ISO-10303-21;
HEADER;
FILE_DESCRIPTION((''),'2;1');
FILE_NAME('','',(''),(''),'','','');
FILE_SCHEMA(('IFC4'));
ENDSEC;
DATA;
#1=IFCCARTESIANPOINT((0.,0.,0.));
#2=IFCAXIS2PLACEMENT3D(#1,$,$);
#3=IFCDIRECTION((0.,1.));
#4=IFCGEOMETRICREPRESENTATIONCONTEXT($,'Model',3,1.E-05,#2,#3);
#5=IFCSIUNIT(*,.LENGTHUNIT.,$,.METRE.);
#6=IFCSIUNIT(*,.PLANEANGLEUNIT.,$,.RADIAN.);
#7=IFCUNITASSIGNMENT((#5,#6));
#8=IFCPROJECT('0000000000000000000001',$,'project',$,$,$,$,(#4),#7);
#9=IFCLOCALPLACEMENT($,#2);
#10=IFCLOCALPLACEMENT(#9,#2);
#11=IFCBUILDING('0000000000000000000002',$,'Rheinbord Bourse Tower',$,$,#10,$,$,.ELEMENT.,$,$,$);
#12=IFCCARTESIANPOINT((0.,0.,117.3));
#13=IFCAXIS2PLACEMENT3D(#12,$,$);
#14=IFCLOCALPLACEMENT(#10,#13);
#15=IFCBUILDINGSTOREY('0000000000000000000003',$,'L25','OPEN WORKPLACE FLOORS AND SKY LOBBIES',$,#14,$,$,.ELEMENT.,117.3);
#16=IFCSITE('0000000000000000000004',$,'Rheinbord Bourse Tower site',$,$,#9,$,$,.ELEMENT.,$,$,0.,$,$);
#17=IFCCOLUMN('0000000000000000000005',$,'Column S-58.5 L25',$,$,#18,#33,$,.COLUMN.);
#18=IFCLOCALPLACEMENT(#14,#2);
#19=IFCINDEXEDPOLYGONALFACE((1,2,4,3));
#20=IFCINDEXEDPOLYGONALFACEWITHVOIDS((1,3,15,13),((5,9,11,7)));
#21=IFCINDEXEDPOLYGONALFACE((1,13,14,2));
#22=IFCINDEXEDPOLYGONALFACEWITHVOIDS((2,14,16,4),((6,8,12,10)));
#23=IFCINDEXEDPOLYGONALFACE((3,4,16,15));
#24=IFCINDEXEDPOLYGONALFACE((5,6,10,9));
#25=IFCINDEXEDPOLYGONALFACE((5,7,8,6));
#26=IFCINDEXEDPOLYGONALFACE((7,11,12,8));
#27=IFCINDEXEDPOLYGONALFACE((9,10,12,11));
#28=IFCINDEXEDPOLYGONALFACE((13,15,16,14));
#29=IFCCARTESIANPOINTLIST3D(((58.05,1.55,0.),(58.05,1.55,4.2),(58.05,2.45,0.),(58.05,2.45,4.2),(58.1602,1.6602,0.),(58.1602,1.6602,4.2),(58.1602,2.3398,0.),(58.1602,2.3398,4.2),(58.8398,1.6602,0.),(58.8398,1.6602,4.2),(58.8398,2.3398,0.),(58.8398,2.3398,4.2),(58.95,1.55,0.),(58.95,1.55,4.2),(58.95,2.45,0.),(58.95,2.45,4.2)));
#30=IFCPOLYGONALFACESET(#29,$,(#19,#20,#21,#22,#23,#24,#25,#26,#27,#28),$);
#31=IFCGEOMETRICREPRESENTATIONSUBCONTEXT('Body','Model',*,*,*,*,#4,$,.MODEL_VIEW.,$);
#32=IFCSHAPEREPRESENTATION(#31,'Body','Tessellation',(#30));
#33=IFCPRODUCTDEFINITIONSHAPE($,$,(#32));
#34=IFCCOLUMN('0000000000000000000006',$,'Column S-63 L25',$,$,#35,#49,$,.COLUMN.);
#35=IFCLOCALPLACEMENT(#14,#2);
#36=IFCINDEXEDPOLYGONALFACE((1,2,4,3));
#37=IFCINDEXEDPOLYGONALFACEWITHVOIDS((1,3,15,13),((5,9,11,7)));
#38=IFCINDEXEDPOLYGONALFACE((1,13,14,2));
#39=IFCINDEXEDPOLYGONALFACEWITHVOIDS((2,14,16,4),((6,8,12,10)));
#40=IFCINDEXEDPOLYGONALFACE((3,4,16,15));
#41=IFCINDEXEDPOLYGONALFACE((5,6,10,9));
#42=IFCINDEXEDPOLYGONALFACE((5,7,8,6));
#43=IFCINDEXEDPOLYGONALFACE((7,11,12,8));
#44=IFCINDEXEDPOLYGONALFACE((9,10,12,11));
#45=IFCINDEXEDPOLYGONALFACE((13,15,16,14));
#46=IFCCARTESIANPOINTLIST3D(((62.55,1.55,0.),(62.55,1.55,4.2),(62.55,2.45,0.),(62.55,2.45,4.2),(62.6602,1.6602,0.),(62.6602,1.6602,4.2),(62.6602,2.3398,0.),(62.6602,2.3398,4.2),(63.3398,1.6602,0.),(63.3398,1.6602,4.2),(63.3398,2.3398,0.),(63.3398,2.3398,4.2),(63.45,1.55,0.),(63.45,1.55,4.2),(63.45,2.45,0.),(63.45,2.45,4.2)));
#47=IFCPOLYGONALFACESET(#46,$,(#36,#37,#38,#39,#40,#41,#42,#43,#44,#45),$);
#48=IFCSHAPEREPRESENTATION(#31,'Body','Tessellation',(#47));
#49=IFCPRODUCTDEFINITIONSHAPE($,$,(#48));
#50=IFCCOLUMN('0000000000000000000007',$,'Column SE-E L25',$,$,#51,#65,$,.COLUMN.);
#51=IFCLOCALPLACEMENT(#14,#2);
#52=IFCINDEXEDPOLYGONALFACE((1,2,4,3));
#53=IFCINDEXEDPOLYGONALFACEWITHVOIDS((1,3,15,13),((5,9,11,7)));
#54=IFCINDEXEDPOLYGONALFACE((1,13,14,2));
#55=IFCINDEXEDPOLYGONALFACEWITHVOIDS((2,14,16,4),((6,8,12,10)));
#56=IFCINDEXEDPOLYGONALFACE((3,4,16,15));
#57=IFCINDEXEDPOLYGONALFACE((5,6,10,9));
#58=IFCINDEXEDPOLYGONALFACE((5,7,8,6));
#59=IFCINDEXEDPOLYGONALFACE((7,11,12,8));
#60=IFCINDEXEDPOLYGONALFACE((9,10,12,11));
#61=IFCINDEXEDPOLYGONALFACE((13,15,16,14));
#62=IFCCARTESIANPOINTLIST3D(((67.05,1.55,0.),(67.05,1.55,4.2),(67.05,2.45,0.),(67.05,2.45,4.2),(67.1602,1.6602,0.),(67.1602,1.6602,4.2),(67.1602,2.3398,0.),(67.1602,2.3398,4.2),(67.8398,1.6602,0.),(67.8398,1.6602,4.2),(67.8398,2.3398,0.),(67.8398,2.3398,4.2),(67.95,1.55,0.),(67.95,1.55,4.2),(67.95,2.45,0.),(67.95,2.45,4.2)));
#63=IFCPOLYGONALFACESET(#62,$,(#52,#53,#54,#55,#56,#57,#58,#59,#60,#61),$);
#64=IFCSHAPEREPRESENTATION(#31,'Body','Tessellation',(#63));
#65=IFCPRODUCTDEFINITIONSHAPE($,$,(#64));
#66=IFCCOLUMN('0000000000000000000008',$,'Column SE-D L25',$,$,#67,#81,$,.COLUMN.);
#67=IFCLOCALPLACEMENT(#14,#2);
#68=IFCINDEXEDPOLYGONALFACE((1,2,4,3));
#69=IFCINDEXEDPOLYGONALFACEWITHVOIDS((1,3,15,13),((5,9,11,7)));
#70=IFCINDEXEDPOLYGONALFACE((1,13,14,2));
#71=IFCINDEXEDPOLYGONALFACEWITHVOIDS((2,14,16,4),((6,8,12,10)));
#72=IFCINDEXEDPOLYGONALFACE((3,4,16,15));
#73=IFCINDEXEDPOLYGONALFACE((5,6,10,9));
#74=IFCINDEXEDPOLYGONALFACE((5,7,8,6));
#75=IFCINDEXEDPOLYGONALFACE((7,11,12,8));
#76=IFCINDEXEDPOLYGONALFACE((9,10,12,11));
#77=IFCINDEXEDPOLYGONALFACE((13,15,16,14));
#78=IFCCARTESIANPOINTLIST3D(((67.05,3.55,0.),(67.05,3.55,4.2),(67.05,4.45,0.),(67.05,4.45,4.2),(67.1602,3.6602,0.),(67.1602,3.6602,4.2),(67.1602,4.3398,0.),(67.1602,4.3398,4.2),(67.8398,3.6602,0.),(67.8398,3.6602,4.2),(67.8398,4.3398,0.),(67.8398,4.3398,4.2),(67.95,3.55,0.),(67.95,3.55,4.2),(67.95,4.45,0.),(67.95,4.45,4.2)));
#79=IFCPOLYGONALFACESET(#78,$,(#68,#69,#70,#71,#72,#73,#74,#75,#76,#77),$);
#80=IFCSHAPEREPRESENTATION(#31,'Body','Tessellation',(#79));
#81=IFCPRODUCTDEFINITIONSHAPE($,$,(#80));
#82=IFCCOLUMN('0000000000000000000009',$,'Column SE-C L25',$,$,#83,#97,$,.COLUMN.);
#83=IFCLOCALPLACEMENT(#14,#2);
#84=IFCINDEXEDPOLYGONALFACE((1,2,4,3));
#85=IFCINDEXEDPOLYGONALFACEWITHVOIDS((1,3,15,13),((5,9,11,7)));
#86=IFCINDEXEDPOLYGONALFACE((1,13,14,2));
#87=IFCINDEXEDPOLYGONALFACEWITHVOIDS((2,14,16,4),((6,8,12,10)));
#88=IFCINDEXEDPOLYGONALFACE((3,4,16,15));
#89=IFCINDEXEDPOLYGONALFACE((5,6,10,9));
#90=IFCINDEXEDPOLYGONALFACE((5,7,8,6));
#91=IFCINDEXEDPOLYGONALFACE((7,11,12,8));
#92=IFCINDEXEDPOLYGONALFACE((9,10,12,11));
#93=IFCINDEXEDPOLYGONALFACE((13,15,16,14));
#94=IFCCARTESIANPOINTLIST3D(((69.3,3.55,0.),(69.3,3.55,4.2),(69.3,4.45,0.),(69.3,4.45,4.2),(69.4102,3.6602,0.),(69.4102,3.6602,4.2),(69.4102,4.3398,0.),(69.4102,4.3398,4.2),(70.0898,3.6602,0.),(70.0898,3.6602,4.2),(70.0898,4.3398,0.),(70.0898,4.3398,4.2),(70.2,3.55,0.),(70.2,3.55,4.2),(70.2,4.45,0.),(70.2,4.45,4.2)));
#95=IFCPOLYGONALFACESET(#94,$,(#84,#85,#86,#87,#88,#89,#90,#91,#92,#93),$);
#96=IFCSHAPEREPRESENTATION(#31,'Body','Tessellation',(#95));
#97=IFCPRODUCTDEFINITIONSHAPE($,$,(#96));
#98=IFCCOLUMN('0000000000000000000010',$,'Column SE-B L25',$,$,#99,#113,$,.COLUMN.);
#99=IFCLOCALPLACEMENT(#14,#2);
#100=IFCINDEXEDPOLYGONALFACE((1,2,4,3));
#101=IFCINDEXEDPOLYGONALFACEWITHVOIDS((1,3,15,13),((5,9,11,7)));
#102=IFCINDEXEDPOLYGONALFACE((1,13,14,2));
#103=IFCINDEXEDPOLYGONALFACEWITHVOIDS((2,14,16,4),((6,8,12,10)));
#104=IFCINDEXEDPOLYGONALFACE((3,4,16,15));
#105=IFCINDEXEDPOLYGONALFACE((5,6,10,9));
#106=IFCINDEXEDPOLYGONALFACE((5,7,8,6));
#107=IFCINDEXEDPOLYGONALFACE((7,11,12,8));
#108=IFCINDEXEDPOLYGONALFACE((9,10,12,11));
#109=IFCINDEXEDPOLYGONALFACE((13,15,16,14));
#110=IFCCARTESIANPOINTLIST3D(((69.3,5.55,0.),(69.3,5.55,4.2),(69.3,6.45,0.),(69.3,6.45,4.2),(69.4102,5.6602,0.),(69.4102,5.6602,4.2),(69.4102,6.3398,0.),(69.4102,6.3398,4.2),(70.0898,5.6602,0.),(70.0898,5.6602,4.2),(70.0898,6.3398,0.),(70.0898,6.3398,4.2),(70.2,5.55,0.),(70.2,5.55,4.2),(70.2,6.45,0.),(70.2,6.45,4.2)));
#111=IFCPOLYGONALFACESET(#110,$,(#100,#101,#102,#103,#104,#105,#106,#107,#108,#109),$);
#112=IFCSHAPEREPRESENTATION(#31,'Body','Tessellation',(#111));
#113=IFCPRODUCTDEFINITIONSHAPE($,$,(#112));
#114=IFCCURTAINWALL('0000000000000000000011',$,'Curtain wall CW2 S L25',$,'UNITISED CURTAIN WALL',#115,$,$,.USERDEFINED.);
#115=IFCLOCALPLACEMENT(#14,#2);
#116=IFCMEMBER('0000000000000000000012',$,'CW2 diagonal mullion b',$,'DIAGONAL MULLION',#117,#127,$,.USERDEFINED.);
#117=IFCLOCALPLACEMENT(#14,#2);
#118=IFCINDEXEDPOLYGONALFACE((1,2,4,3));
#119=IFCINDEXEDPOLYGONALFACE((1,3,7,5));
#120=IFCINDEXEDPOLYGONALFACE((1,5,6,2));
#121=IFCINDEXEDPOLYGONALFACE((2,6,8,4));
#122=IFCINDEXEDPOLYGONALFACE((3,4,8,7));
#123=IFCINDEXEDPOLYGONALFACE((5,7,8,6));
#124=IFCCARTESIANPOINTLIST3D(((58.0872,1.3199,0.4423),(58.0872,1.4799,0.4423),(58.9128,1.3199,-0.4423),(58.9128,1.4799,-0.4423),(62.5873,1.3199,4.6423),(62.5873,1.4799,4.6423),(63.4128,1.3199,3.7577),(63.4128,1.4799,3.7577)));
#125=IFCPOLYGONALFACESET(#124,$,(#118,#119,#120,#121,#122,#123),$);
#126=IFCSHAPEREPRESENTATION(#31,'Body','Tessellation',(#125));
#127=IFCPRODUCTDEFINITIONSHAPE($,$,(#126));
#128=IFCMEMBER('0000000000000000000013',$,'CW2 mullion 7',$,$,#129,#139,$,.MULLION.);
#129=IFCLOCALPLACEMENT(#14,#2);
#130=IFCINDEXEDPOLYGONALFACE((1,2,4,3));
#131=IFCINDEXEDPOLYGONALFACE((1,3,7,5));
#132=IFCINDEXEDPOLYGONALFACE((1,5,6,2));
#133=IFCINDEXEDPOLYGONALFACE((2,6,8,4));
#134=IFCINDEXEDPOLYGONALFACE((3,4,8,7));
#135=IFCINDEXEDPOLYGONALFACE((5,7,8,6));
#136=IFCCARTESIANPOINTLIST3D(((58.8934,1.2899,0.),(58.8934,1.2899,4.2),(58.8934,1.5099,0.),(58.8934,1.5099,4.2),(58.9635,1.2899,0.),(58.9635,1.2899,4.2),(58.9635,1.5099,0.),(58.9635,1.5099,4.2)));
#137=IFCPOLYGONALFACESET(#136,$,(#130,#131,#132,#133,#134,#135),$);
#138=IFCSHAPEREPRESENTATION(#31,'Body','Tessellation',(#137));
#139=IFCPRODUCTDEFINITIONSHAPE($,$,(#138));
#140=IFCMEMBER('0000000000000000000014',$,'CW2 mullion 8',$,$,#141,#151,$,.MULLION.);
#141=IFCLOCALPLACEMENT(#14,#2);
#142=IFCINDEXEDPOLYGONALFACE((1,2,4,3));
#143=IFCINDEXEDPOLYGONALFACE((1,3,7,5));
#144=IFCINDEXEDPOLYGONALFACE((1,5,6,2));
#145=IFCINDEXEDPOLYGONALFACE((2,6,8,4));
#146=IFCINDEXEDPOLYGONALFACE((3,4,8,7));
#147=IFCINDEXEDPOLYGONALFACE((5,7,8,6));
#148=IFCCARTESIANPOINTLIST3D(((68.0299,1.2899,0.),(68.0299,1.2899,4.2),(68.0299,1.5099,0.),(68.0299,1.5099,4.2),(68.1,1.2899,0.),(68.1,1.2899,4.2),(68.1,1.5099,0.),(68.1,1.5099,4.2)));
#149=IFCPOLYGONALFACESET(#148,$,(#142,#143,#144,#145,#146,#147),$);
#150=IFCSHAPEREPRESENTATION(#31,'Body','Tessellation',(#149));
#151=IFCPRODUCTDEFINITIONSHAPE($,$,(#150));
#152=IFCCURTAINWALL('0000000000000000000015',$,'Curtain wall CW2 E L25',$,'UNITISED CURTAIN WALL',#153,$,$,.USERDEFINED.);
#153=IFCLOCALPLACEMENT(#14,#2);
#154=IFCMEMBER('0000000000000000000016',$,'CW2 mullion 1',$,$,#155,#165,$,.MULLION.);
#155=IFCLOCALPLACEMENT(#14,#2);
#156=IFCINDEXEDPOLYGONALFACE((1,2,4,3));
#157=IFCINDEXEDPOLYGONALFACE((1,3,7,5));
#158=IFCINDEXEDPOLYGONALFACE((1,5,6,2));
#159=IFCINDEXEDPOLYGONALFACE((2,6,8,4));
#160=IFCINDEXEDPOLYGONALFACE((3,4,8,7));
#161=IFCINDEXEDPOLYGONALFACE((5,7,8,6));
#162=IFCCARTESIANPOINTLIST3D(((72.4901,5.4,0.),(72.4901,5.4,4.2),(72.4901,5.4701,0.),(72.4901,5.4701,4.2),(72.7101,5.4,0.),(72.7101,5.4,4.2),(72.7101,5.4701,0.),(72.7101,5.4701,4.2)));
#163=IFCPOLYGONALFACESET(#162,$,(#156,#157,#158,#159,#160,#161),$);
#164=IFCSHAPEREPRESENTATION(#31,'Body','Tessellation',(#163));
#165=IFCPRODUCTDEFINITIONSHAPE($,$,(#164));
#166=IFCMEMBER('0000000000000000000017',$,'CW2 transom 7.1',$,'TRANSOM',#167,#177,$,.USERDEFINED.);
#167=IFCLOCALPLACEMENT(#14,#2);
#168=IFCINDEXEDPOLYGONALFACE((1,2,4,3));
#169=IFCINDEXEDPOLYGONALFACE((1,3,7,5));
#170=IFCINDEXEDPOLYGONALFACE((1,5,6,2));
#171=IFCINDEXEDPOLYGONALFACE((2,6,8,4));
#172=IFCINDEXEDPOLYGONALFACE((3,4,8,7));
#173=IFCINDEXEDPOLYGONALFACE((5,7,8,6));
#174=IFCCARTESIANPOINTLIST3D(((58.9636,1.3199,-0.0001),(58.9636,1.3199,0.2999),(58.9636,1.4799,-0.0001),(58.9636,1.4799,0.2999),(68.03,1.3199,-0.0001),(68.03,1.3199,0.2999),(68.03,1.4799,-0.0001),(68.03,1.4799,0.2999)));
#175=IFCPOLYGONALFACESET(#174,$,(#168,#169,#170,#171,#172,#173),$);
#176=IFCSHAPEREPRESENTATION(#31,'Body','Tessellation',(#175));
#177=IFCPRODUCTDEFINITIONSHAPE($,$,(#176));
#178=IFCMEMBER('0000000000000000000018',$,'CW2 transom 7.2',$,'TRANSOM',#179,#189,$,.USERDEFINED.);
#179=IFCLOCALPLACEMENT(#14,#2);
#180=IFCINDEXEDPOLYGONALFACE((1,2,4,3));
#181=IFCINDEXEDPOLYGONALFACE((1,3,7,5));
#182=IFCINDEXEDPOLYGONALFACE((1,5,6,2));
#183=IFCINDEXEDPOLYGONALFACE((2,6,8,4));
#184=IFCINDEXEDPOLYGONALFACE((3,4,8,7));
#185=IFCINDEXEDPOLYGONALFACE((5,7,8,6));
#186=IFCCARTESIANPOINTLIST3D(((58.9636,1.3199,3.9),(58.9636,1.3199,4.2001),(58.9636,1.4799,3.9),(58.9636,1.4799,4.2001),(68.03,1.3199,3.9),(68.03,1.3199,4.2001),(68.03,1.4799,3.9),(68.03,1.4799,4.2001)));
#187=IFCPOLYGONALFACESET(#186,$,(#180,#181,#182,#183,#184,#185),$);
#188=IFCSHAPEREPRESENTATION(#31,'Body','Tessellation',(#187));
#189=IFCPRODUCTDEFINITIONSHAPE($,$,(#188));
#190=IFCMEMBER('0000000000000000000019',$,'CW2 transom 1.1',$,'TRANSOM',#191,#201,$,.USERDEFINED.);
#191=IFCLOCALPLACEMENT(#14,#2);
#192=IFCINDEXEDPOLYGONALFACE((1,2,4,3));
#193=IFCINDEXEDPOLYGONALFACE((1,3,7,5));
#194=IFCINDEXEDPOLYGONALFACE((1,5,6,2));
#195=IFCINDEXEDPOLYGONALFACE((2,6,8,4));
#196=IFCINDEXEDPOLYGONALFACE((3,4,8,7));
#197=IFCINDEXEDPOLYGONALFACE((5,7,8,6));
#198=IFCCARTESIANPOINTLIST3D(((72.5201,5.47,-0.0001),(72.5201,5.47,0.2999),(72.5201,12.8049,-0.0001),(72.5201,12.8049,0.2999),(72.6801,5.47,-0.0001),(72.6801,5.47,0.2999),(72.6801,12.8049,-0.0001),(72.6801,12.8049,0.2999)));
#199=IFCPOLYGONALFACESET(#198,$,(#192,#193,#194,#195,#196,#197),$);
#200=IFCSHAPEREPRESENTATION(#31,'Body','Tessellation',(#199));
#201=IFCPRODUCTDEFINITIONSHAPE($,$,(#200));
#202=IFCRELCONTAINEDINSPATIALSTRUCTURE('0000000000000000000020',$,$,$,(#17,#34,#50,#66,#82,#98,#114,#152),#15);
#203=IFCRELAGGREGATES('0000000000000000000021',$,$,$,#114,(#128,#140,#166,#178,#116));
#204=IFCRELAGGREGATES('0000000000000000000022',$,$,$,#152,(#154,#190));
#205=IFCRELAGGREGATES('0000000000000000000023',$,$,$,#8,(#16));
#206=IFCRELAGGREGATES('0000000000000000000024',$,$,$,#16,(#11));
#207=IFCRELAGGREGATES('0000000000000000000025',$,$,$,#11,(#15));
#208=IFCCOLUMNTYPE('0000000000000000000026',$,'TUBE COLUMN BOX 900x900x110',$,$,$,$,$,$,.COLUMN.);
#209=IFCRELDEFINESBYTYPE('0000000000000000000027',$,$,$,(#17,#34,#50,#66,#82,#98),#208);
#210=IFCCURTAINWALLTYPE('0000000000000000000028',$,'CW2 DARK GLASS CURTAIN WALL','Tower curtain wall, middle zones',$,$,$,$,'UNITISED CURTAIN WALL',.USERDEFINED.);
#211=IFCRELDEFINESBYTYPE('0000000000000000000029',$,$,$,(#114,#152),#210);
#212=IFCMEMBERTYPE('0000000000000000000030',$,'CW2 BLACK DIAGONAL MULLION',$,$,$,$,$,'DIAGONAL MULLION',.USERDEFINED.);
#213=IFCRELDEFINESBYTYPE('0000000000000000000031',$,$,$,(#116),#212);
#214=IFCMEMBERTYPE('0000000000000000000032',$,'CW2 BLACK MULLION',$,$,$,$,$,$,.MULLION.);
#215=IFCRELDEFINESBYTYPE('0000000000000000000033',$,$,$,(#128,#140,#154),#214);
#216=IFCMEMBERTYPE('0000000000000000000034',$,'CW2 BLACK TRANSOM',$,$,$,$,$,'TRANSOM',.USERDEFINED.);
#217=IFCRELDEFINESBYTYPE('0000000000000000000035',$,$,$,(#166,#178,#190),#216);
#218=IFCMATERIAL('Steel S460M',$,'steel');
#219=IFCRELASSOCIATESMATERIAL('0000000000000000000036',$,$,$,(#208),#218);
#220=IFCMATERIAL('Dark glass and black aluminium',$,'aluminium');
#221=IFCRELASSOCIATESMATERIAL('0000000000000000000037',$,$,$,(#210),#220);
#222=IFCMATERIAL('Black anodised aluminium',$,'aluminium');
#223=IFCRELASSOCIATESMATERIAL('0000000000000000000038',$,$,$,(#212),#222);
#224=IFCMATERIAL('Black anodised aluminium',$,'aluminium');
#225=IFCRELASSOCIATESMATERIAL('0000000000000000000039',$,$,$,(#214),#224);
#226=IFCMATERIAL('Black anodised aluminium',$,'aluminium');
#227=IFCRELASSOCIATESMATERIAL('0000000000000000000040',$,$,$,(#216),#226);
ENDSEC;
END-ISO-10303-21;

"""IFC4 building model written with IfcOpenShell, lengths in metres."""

from ifc_helpers import new_model, si_unit, direction, frame, origin, origin_2d, place, context, subcontext, project, spatial, rectangle, hollow_rectangle, extrude, material, material_profile, profile_set, type_object, element, aggregate, save


model = new_model("IFC4")

# Units and contexts
model_context = context("Model", 3, precision=1e-05, world=origin(), true_north=direction((0.0, 1.0)))
body_context = subcontext(model_context, "Body", "Model", "MODEL_VIEW")
ifc_project = project(units=[si_unit("LENGTHUNIT", "METRE"), si_unit("PLANEANGLEUNIT", "RADIAN")], contexts=[model_context])

# Site, building, storey
site_placement = place(None, origin())
site = spatial("IfcSite", under=ifc_project, at=site_placement, Name="Rheinbord Bourse Tower site", CompositionType="ELEMENT", RefElevation=0.0)
building_placement = place(site_placement, origin())
building = spatial("IfcBuilding", under=site, at=building_placement, Name="Rheinbord Bourse Tower", CompositionType="ELEMENT")
storey_placement = place(building_placement, frame((0.0, 0.0, 117.3)))
storey = spatial("IfcBuildingStorey", under=building, at=storey_placement, Name="L25", Description="OPEN WORKPLACE FLOORS AND SKY LOBBIES", CompositionType="ELEMENT", Elevation=117.3)

# Columns
ifc_material_1 = material(Name="Steel S460M", Category="steel")
ifc_material_profile_1 = material_profile(ifc_material_1, hollow_rectangle(XDim=0.8999, YDim=0.8999, WallThickness=0.1101, at=origin_2d()), Name="BOX 900x900x110")
ifc_profile_set_1 = profile_set([ifc_material_profile_1], Name="Steel S460M")
column_type = type_object("IfcColumnType", Name="TUBE COLUMN BOX 900x900x110", PredefinedType="COLUMN", material=ifc_profile_set_1)
for number, where, z_axis, x_axis, name in (
    (1, (58.5, 2.0, 0.0), (0.0, 0.0, 1.0), (0.0, 1.0, 0.0), "Column S-58.5 L25"),
    (2, (63.0, 2.0, 0.0), (0.0, 0.0, 1.0), (0.0, 1.0, 0.0), "Column S-63 L25"),
    (3, (67.5, 2.0, 0.0), (0.0, 0.0, 1.0), (0.0, 1.0, 0.0), "Column SE-E L25"),
    (4, (67.5, 4.0, 0.0), (0.0, 0.0, 1.0), (0.0, 1.0, 0.0), "Column SE-D L25"),
    (5, (69.75, 4.0, 0.0), (0.0, 0.0, 1.0), (1.0, 0.0, 0.0), "Column SE-C L25"),
    (6, (69.75, 6.0, 0.0), (0.0, 0.0, 1.0), (1.0, 0.0, 0.0), "Column SE-B L25"),
):
    element("IfcColumn", number, at=place(storey_placement, frame(where, z_axis=z_axis, x_axis=x_axis)), inside=storey, type_object=column_type, Name=name, PredefinedType="COLUMN", context=body_context, shape_type="SweptSolid", body=[
        extrude(hollow_rectangle(XDim=0.8999, YDim=0.8999, WallThickness=0.1101, at=origin_2d()), origin(), (0.0, 0.0, 1.0), 4.2),
    ])

# Curtain wall, members
ifc_material_2 = material(Name="Dark glass and black aluminium", Category="aluminium")
curtain_wall_type = type_object("IfcCurtainWallType", Name="CW2 DARK GLASS CURTAIN WALL", Description="Tower curtain wall, middle zones", ElementType="UNITISED CURTAIN WALL", PredefinedType="USERDEFINED", material=ifc_material_2)
curtain_wall_1_placement = place(storey_placement, origin())
curtain_wall_1 = element("IfcCurtainWall", 7, at=curtain_wall_1_placement, inside=storey, type_object=curtain_wall_type, Name="Curtain wall CW2 S L25", ObjectType="UNITISED CURTAIN WALL", PredefinedType="USERDEFINED")
ifc_material_3 = material(Name="Black anodised aluminium", Category="aluminium")
ifc_material_profile_2 = material_profile(ifc_material_3, rectangle(XDim=0.1599, YDim=1.21, at=origin_2d()), Name="CW2 DIAGONAL MULLION 1210x160")
ifc_profile_set_2 = profile_set([ifc_material_profile_2], Name="Black anodised aluminium")
member_type_1 = type_object("IfcMemberType", Name="CW2 BLACK DIAGONAL MULLION", ElementType="DIAGONAL MULLION", PredefinedType="USERDEFINED", material=ifc_profile_set_2)
member_1_placement = place(storey_placement, frame((58.5, 1.3999, 0.0), z_axis=(0.731059, 0.0, 0.682314), x_axis=(0.0, 1.0, 0.0)))
member_1 = element("IfcMember", 8, at=member_1_placement, type_object=member_type_1, Name="CW2 diagonal mullion b", ObjectType="DIAGONAL MULLION", PredefinedType="USERDEFINED", context=body_context, shape_type="SweptSolid", body=[
    extrude(rectangle(XDim=0.1599, YDim=1.21, at=origin_2d()), origin(), (0.0, 0.0, 1.0), 6.1555),
])
ifc_material_4 = material(Name="Black anodised aluminium", Category="aluminium")
ifc_material_profile_3 = material_profile(ifc_material_4, rectangle(XDim=0.22, YDim=0.0701, at=origin_2d()), Name="CW2 MULLION 70x220")
ifc_profile_set_3 = profile_set([ifc_material_profile_3], Name="Black anodised aluminium")
member_type_2 = type_object("IfcMemberType", Name="CW2 BLACK MULLION", PredefinedType="MULLION", material=ifc_profile_set_3)
member_2_placement = place(storey_placement, frame((58.9285, 1.3999, 0.0), z_axis=(0.0, 0.0, 1.0), x_axis=(0.0, 1.0, 0.0)))
member_2 = element("IfcMember", 9, at=member_2_placement, type_object=member_type_2, Name="CW2 mullion 7", PredefinedType="MULLION", context=body_context, shape_type="SweptSolid", body=[
    extrude(rectangle(XDim=0.22, YDim=0.0701, at=origin_2d()), origin(), (0.0, 0.0, 1.0), 4.2),
])
member_3_placement = place(storey_placement, frame((68.0649, 1.3999, 0.0), z_axis=(0.0, 0.0, 1.0), x_axis=(0.0, 1.0, 0.0)))
member_3 = element("IfcMember", 10, at=member_3_placement, type_object=member_type_2, Name="CW2 mullion 8", PredefinedType="MULLION", context=body_context, shape_type="SweptSolid", body=[
    extrude(rectangle(XDim=0.22, YDim=0.0701, at=origin_2d()), origin(), (0.0, 0.0, 1.0), 4.2),
])

# Curtain wall, member
curtain_wall_2_placement = place(storey_placement, origin())
curtain_wall_2 = element("IfcCurtainWall", 11, at=curtain_wall_2_placement, inside=storey, type_object=curtain_wall_type, Name="Curtain wall CW2 E L25", ObjectType="UNITISED CURTAIN WALL", PredefinedType="USERDEFINED")
member_4_placement = place(storey_placement, frame((72.6001, 5.4351, 0.0), z_axis=(0.0, 0.0, 1.0), x_axis=(-1.0, 0.0, 0.0)))
member_4 = element("IfcMember", 12, at=member_4_placement, type_object=member_type_2, Name="CW2 mullion 1", PredefinedType="MULLION", context=body_context, shape_type="SweptSolid", body=[
    extrude(rectangle(XDim=0.22, YDim=0.0701, at=origin_2d()), origin(), (0.0, 0.0, 1.0), 4.2),
])

# Members
ifc_material_5 = material(Name="Black anodised aluminium", Category="aluminium")
ifc_material_profile_4 = material_profile(ifc_material_5, rectangle(XDim=0.1599, YDim=0.3, at=origin_2d()), Name="CW2 TRANSOM 300x160")
ifc_profile_set_4 = profile_set([ifc_material_profile_4], Name="Black anodised aluminium")
member_type_3 = type_object("IfcMemberType", Name="CW2 BLACK TRANSOM", ElementType="TRANSOM", PredefinedType="USERDEFINED", material=ifc_profile_set_4)
member_5_placement = place(storey_placement, frame((58.9636, 1.3999, 0.1499), z_axis=(1.0, 0.0, 0.0), x_axis=(0.0, 1.0, 0.0)))
member_5 = element("IfcMember", 13, at=member_5_placement, type_object=member_type_3, Name="CW2 transom 7.1", ObjectType="TRANSOM", PredefinedType="USERDEFINED", context=body_context, shape_type="SweptSolid", body=[
    extrude(rectangle(XDim=0.1599, YDim=0.3, at=origin_2d()), origin(), (0.0, 0.0, 1.0), 9.0664),
])
member_6_placement = place(storey_placement, frame((58.9636, 1.3999, 4.05), z_axis=(1.0, 0.0, 0.0), x_axis=(0.0, 1.0, 0.0)))
member_6 = element("IfcMember", 14, at=member_6_placement, type_object=member_type_3, Name="CW2 transom 7.2", ObjectType="TRANSOM", PredefinedType="USERDEFINED", context=body_context, shape_type="SweptSolid", body=[
    extrude(rectangle(XDim=0.1599, YDim=0.3, at=origin_2d()), origin(), (0.0, 0.0, 1.0), 9.0664),
])
member_7_placement = place(storey_placement, frame((72.6001, 5.47, 0.1499), z_axis=(0.0, 1.0, 0.0), x_axis=(-1.0, 0.0, 0.0)))
member_7 = element("IfcMember", 15, at=member_7_placement, type_object=member_type_3, Name="CW2 transom 1.1", ObjectType="TRANSOM", PredefinedType="USERDEFINED", context=body_context, shape_type="SweptSolid", body=[
    extrude(rectangle(XDim=0.1599, YDim=0.3, at=origin_2d()), origin(), (0.0, 0.0, 1.0), 7.335),
])

aggregate(curtain_wall_1, [member_2, member_3, member_5, member_6, member_1])
aggregate(curtain_wall_2, [member_4, member_7])

save(model, "model.ifc")
